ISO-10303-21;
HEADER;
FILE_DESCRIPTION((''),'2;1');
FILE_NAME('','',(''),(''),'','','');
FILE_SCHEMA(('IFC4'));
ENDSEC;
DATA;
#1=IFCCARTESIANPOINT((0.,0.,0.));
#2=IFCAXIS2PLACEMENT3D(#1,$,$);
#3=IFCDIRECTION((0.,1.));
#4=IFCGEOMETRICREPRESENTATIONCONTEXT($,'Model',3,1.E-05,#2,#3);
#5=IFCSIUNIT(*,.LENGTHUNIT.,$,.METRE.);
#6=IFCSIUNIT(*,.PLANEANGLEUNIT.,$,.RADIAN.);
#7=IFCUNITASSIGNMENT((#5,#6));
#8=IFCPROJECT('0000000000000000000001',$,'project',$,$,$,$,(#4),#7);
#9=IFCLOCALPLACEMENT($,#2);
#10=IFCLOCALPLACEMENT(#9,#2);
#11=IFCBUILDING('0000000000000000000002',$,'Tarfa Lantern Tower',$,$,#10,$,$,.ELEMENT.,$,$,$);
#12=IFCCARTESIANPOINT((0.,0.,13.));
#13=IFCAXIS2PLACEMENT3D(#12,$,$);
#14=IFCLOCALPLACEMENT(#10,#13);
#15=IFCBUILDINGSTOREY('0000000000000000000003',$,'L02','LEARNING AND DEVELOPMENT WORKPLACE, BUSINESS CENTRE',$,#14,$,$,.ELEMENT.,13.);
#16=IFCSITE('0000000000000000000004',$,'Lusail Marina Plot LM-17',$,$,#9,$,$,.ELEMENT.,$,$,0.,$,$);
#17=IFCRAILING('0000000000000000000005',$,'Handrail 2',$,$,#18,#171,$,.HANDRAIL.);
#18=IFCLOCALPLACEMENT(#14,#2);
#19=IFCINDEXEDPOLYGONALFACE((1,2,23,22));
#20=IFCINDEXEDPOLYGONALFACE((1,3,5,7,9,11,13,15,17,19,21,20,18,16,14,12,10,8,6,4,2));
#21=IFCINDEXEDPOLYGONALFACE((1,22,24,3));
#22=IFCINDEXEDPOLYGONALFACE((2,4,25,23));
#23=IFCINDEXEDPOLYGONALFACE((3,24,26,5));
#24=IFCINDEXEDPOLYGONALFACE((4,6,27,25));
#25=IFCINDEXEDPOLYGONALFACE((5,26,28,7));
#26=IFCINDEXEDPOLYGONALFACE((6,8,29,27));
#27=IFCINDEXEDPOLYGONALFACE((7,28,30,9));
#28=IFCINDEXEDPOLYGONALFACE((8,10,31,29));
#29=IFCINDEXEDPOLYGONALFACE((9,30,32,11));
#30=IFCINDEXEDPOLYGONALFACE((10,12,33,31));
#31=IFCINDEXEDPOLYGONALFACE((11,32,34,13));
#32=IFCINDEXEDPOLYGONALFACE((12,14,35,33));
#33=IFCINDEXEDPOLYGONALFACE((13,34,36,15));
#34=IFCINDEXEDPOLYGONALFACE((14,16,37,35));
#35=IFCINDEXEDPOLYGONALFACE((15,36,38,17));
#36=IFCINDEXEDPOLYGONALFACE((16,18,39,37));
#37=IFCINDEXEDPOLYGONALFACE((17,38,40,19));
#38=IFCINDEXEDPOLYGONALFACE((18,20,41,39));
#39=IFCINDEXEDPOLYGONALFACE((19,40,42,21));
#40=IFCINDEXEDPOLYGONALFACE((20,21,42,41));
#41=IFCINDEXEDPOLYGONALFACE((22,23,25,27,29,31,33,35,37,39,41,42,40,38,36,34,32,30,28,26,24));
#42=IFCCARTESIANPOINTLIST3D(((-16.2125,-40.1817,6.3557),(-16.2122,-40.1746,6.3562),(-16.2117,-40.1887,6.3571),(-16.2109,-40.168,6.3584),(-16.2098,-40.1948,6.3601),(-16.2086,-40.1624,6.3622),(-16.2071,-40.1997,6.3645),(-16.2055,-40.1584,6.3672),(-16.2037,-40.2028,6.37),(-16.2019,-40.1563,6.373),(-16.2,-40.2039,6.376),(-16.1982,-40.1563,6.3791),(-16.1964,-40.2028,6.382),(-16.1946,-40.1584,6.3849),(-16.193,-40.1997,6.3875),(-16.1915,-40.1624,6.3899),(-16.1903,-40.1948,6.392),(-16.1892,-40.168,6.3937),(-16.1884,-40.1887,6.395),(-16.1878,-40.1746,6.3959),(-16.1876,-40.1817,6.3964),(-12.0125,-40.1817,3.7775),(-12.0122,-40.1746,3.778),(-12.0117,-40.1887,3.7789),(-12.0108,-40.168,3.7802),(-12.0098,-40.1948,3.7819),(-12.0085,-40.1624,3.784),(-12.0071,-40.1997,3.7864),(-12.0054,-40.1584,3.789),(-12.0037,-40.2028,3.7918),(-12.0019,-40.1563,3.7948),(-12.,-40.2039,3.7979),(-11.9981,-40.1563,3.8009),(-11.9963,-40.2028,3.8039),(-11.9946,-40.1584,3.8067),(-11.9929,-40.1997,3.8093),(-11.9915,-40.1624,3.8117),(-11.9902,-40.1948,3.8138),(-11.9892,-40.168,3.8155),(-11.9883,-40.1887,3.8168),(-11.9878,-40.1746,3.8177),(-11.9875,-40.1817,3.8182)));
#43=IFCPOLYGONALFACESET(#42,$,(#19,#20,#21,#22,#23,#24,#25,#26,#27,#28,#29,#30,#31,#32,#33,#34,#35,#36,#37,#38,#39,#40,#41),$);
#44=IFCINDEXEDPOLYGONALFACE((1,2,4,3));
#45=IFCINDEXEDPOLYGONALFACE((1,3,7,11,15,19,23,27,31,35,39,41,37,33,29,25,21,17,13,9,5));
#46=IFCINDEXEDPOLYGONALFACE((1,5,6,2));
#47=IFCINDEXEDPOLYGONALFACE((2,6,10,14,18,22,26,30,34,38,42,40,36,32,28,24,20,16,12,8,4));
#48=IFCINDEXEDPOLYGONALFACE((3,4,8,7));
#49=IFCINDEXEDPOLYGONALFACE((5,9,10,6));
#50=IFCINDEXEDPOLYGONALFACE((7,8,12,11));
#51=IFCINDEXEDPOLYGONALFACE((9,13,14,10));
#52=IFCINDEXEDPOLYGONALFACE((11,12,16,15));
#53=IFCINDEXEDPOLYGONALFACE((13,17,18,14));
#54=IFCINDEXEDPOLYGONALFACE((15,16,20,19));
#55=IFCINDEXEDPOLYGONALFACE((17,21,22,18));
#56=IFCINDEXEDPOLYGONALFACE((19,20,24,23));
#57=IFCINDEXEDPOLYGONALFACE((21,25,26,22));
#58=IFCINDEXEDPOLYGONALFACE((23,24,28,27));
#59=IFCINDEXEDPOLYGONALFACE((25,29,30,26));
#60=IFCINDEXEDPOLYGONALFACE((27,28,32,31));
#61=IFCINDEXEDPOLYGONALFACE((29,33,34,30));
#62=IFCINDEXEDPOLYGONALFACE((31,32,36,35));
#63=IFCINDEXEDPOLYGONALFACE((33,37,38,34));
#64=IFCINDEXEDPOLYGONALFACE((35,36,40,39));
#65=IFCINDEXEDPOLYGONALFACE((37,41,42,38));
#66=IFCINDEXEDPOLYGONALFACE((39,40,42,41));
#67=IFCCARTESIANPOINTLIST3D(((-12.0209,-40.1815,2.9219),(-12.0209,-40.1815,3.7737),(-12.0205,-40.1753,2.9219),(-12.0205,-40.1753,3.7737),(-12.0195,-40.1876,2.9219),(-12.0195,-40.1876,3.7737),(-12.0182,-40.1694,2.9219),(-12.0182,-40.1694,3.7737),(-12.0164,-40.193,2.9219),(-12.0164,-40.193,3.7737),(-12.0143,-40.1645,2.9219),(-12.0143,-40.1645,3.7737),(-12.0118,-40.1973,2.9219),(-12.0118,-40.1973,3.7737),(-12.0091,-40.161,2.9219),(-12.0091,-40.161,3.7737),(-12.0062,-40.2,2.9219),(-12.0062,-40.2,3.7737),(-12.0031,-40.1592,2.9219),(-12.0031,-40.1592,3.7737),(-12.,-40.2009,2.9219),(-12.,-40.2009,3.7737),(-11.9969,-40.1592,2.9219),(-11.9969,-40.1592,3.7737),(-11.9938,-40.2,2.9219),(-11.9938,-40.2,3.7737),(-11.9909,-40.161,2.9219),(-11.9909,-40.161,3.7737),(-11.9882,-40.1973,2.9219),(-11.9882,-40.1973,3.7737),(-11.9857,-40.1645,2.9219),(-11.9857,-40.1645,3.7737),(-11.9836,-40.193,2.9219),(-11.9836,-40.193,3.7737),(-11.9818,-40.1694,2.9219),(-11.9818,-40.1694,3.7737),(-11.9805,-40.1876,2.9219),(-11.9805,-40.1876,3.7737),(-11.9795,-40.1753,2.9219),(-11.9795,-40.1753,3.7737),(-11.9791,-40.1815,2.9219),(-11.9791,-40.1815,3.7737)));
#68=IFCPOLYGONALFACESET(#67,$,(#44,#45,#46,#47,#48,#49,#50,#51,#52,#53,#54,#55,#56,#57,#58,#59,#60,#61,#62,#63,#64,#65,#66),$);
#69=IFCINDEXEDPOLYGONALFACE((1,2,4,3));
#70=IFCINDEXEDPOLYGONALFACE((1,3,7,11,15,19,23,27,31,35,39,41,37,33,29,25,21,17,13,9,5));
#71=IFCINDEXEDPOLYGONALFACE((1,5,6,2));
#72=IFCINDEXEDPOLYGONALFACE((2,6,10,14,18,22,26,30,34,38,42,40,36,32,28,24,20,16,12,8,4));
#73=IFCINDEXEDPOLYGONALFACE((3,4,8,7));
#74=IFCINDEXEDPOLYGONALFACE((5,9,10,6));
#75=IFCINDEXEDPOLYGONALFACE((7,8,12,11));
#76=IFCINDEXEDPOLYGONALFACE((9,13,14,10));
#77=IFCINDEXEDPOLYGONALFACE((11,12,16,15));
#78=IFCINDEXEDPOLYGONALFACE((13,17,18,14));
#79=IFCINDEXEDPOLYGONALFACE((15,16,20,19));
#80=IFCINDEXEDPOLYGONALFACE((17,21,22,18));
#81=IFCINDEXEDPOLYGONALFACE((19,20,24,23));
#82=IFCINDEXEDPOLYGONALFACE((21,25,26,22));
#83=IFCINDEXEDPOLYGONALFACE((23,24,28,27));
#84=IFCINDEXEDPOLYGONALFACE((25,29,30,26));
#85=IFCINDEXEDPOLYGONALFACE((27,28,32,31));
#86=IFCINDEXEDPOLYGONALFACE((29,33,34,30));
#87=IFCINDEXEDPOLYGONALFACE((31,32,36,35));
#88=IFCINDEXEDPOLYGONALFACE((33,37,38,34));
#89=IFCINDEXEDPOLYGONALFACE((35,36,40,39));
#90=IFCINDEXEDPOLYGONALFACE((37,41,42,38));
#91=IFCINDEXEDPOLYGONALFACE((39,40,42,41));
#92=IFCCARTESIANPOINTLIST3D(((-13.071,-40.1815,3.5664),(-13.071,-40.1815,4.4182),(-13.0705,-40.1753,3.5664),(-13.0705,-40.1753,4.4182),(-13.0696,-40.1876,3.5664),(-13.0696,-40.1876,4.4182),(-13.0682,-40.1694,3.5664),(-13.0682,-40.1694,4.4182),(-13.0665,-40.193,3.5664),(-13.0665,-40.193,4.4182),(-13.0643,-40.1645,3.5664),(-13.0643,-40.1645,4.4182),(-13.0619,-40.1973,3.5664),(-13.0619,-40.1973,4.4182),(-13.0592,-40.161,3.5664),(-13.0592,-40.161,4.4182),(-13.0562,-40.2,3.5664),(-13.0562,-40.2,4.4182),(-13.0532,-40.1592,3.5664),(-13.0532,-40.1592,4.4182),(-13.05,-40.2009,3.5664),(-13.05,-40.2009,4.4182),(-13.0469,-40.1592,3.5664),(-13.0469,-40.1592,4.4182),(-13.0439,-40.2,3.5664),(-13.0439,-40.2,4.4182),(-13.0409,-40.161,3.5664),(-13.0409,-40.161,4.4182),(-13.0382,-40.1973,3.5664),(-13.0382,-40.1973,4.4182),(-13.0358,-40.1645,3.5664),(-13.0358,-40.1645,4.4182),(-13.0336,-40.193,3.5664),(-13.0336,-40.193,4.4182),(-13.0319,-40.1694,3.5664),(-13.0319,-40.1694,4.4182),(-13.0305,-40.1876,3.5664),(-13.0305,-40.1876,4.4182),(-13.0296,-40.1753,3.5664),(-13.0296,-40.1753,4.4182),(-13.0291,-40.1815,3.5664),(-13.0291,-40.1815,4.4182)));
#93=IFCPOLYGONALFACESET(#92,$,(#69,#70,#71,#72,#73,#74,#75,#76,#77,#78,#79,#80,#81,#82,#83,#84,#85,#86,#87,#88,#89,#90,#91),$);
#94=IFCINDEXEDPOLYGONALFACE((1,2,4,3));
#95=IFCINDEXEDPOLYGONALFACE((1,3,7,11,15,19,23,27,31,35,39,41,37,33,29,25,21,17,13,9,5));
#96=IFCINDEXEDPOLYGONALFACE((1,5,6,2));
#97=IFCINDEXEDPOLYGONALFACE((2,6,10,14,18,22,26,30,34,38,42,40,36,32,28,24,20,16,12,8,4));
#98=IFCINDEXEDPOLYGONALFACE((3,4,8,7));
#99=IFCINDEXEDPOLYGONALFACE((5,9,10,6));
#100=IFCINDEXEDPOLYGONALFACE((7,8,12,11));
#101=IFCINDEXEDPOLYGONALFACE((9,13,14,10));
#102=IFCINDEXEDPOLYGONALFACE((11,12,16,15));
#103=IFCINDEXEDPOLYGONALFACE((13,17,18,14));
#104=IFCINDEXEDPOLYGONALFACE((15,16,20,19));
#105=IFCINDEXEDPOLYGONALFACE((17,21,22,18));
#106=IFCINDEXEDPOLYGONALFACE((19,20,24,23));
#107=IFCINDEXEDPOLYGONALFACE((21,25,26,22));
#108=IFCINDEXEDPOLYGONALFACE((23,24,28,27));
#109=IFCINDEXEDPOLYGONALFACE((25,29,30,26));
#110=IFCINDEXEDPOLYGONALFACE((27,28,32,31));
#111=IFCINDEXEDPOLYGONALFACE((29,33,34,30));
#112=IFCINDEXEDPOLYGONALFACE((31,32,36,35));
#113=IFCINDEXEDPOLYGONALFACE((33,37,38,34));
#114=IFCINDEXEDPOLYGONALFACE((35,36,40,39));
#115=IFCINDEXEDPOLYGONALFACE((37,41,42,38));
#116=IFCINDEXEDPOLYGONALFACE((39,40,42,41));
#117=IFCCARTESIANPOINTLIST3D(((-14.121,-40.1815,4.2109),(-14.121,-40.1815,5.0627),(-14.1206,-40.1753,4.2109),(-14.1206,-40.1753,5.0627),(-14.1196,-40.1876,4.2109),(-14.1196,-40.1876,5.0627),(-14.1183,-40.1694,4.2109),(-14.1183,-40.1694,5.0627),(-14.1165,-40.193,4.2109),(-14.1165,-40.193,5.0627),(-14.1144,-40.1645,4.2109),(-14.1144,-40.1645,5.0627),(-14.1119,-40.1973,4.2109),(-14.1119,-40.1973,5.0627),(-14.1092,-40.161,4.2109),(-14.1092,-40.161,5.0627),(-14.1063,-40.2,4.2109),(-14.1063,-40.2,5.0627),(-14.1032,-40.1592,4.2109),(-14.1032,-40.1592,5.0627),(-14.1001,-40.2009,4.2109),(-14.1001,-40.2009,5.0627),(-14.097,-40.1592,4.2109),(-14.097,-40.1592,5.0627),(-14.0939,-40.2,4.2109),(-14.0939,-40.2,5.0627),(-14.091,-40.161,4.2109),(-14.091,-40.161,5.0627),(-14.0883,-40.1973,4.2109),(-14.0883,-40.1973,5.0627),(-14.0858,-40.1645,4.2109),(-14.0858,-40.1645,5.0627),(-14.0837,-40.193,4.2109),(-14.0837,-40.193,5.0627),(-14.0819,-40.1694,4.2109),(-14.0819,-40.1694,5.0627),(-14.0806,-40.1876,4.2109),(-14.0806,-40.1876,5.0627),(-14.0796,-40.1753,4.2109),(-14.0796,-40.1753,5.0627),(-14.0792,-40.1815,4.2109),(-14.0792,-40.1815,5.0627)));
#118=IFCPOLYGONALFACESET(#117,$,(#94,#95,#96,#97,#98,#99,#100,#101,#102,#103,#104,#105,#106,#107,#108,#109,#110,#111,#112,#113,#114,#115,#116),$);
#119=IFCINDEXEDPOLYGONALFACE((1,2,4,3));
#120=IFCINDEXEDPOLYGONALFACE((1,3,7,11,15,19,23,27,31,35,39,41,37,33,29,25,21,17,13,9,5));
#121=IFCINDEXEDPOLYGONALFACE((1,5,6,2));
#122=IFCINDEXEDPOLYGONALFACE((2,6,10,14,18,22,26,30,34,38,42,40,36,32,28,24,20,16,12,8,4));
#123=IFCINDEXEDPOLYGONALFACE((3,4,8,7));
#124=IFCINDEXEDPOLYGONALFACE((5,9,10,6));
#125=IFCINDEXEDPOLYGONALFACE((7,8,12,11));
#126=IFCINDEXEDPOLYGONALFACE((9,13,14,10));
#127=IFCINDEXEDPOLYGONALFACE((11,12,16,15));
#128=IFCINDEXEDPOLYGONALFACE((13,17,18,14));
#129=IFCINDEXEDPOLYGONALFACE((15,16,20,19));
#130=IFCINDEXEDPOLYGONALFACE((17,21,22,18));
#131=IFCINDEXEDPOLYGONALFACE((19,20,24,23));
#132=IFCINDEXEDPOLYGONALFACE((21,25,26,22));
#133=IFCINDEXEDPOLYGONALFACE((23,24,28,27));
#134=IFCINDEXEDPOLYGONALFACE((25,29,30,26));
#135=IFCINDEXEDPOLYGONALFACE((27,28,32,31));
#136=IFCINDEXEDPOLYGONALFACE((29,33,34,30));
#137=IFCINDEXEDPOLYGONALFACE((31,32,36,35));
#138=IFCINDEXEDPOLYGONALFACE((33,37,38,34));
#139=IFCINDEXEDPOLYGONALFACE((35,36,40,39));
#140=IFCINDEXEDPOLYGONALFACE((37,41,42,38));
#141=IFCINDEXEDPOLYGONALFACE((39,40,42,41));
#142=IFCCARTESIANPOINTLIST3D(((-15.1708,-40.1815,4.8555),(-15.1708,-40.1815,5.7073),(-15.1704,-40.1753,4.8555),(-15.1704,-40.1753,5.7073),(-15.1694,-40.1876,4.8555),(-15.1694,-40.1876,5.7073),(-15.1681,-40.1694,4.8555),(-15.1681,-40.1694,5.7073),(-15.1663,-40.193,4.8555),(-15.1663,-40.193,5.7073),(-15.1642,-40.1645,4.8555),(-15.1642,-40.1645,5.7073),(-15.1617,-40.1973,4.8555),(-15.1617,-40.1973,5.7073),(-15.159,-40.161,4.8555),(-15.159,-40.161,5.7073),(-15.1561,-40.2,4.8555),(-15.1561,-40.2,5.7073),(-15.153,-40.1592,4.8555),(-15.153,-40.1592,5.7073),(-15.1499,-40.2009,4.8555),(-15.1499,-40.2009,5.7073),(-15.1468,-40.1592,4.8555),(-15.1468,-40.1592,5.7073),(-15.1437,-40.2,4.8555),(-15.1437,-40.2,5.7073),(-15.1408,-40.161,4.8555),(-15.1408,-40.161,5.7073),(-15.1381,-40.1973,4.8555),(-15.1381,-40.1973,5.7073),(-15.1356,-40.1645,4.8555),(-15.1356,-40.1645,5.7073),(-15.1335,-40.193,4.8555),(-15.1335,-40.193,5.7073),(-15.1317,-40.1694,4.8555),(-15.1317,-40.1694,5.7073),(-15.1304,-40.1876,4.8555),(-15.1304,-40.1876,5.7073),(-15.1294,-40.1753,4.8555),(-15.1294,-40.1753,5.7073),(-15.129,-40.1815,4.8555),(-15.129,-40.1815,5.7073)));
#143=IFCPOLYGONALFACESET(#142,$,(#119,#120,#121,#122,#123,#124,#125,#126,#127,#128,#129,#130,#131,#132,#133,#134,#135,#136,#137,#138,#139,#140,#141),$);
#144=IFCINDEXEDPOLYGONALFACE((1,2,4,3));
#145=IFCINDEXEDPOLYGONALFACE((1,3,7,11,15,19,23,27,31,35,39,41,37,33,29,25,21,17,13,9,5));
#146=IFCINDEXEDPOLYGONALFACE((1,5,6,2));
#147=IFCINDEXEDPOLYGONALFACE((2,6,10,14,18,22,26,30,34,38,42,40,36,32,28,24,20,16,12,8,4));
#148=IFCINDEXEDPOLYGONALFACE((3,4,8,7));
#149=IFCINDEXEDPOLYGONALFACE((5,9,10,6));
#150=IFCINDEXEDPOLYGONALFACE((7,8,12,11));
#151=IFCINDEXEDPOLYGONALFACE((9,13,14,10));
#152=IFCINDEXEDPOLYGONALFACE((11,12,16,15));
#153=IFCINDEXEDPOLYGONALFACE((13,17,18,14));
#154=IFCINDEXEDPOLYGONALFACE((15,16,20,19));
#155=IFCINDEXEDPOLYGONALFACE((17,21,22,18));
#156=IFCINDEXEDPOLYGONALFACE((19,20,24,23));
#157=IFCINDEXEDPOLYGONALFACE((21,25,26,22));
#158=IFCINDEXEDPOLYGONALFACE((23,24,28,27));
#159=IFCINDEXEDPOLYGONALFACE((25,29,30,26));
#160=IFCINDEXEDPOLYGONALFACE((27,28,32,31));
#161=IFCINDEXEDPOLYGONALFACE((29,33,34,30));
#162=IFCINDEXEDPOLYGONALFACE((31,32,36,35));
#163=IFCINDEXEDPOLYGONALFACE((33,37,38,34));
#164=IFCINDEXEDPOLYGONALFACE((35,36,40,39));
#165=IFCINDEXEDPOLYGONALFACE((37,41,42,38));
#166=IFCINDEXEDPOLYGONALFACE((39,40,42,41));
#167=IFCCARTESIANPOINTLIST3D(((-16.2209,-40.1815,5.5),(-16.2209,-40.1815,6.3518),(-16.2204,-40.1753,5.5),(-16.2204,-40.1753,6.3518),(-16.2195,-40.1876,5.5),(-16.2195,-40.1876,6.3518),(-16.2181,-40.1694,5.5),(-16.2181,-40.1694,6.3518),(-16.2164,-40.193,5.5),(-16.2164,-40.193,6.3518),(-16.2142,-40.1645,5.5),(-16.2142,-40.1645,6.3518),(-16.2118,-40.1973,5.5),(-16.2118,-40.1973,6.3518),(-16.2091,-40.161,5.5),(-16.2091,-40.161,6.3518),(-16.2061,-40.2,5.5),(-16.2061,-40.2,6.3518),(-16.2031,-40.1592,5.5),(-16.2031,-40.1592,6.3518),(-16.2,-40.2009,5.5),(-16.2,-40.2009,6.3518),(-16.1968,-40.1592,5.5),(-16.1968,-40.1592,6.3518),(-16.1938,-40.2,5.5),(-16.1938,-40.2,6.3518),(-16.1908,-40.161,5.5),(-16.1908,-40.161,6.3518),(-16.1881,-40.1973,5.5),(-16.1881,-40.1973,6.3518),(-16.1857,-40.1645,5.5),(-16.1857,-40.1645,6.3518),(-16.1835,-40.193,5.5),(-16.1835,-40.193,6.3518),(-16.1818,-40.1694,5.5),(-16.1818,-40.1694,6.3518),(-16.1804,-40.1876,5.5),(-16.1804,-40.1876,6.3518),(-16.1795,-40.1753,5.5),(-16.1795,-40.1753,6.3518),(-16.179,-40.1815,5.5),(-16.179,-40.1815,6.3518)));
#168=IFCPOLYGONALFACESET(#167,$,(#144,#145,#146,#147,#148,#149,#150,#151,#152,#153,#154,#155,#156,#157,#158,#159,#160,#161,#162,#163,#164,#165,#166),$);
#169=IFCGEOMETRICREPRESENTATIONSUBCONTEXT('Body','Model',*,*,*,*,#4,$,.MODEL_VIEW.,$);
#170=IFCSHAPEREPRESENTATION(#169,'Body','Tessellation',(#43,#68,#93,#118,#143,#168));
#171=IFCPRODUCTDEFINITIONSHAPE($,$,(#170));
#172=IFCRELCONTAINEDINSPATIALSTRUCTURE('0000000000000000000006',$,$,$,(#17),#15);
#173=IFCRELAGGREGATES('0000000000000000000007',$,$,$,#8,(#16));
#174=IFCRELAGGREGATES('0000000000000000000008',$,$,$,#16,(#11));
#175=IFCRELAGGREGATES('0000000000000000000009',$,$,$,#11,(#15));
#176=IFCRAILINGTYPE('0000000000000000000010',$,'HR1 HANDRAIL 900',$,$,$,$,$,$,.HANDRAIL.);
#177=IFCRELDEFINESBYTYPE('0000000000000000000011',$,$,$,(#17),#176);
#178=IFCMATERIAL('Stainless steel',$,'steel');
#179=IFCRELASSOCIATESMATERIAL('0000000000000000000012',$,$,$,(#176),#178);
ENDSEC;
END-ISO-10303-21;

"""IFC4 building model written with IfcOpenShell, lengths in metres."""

from ifc_helpers import new_model, si_unit, direction, frame, origin, origin_2d, place, context, subcontext, project, spatial, circle, extrude, material, type_object, element, save


model = new_model("IFC4")

# Units and contexts
model_context = context("Model", 3, precision=1e-05, world=origin(), true_north=direction((0.0, 1.0)))
body_context = subcontext(model_context, "Body", "Model", "MODEL_VIEW")
ifc_project = project(units=[si_unit("LENGTHUNIT", "METRE"), si_unit("PLANEANGLEUNIT", "RADIAN")], contexts=[model_context])

# Site, building, storey
site_placement = place(None, origin())
site = spatial("IfcSite", under=ifc_project, at=site_placement, Name="Lusail Marina Plot LM-17", CompositionType="ELEMENT", RefElevation=0.0)
building_placement = place(site_placement, origin())
building = spatial("IfcBuilding", under=site, at=building_placement, Name="Tarfa Lantern Tower", CompositionType="ELEMENT")
storey_placement = place(building_placement, frame((0.0, 0.0, 13.0)))
storey = spatial("IfcBuildingStorey", under=building, at=storey_placement, Name="L02", Description="LEARNING AND DEVELOPMENT WORKPLACE, BUSINESS CENTRE", CompositionType="ELEMENT", Elevation=13.0)

# Railing
ifc_material_1 = material(Name="Stainless steel", Category="steel")
railing_type = type_object("IfcRailingType", Name="HR1 HANDRAIL 900", PredefinedType="HANDRAIL", material=ifc_material_1)
railing_1_placement = place(storey_placement, frame((-12.0, -40.1799, 2.9219)))
element("IfcRailing", 1, at=railing_1_placement, inside=storey, type_object=railing_type, Name="Handrail 2", PredefinedType="HANDRAIL", context=body_context, shape_type="SweptSolid", body=[
    extrude(circle(Radius=0.0239, at=origin_2d()), frame((0.0, 0.0, 0.876), z_axis=(-0.852243, 0.0, 0.523146), x_axis=(0.0, -1.0, 0.0)), (0.0, 0.0, 1.0), 4.9282),
    extrude(circle(Radius=0.021, at=origin_2d()), frame((0.0, 0.0, 0.0), z_axis=(0.0, 0.0, 1.0), x_axis=(0.0, -1.0, 0.0)), (0.0, 0.0, 1.0), 0.8518),
    extrude(circle(Radius=0.021, at=origin_2d()), frame((-1.05, 0.0, 0.6445), z_axis=(0.0, 0.0, 1.0), x_axis=(0.0, -1.0, 0.0)), (0.0, 0.0, 1.0), 0.8518),
    extrude(circle(Radius=0.021, at=origin_2d()), frame((-2.1001, 0.0, 1.2891), z_axis=(0.0, 0.0, 1.0), x_axis=(0.0, -1.0, 0.0)), (0.0, 0.0, 1.0), 0.8518),
    extrude(circle(Radius=0.021, at=origin_2d()), frame((-3.1499, 0.0, 1.9336), z_axis=(0.0, 0.0, 1.0), x_axis=(0.0, -1.0, 0.0)), (0.0, 0.0, 1.0), 0.8518),
    extrude(circle(Radius=0.021, at=origin_2d()), frame((-4.2, 0.0, 2.5781), z_axis=(0.0, 0.0, 1.0), x_axis=(0.0, -1.0, 0.0)), (0.0, 0.0, 1.0), 0.8518),
])

save(model, "model.ifc")
